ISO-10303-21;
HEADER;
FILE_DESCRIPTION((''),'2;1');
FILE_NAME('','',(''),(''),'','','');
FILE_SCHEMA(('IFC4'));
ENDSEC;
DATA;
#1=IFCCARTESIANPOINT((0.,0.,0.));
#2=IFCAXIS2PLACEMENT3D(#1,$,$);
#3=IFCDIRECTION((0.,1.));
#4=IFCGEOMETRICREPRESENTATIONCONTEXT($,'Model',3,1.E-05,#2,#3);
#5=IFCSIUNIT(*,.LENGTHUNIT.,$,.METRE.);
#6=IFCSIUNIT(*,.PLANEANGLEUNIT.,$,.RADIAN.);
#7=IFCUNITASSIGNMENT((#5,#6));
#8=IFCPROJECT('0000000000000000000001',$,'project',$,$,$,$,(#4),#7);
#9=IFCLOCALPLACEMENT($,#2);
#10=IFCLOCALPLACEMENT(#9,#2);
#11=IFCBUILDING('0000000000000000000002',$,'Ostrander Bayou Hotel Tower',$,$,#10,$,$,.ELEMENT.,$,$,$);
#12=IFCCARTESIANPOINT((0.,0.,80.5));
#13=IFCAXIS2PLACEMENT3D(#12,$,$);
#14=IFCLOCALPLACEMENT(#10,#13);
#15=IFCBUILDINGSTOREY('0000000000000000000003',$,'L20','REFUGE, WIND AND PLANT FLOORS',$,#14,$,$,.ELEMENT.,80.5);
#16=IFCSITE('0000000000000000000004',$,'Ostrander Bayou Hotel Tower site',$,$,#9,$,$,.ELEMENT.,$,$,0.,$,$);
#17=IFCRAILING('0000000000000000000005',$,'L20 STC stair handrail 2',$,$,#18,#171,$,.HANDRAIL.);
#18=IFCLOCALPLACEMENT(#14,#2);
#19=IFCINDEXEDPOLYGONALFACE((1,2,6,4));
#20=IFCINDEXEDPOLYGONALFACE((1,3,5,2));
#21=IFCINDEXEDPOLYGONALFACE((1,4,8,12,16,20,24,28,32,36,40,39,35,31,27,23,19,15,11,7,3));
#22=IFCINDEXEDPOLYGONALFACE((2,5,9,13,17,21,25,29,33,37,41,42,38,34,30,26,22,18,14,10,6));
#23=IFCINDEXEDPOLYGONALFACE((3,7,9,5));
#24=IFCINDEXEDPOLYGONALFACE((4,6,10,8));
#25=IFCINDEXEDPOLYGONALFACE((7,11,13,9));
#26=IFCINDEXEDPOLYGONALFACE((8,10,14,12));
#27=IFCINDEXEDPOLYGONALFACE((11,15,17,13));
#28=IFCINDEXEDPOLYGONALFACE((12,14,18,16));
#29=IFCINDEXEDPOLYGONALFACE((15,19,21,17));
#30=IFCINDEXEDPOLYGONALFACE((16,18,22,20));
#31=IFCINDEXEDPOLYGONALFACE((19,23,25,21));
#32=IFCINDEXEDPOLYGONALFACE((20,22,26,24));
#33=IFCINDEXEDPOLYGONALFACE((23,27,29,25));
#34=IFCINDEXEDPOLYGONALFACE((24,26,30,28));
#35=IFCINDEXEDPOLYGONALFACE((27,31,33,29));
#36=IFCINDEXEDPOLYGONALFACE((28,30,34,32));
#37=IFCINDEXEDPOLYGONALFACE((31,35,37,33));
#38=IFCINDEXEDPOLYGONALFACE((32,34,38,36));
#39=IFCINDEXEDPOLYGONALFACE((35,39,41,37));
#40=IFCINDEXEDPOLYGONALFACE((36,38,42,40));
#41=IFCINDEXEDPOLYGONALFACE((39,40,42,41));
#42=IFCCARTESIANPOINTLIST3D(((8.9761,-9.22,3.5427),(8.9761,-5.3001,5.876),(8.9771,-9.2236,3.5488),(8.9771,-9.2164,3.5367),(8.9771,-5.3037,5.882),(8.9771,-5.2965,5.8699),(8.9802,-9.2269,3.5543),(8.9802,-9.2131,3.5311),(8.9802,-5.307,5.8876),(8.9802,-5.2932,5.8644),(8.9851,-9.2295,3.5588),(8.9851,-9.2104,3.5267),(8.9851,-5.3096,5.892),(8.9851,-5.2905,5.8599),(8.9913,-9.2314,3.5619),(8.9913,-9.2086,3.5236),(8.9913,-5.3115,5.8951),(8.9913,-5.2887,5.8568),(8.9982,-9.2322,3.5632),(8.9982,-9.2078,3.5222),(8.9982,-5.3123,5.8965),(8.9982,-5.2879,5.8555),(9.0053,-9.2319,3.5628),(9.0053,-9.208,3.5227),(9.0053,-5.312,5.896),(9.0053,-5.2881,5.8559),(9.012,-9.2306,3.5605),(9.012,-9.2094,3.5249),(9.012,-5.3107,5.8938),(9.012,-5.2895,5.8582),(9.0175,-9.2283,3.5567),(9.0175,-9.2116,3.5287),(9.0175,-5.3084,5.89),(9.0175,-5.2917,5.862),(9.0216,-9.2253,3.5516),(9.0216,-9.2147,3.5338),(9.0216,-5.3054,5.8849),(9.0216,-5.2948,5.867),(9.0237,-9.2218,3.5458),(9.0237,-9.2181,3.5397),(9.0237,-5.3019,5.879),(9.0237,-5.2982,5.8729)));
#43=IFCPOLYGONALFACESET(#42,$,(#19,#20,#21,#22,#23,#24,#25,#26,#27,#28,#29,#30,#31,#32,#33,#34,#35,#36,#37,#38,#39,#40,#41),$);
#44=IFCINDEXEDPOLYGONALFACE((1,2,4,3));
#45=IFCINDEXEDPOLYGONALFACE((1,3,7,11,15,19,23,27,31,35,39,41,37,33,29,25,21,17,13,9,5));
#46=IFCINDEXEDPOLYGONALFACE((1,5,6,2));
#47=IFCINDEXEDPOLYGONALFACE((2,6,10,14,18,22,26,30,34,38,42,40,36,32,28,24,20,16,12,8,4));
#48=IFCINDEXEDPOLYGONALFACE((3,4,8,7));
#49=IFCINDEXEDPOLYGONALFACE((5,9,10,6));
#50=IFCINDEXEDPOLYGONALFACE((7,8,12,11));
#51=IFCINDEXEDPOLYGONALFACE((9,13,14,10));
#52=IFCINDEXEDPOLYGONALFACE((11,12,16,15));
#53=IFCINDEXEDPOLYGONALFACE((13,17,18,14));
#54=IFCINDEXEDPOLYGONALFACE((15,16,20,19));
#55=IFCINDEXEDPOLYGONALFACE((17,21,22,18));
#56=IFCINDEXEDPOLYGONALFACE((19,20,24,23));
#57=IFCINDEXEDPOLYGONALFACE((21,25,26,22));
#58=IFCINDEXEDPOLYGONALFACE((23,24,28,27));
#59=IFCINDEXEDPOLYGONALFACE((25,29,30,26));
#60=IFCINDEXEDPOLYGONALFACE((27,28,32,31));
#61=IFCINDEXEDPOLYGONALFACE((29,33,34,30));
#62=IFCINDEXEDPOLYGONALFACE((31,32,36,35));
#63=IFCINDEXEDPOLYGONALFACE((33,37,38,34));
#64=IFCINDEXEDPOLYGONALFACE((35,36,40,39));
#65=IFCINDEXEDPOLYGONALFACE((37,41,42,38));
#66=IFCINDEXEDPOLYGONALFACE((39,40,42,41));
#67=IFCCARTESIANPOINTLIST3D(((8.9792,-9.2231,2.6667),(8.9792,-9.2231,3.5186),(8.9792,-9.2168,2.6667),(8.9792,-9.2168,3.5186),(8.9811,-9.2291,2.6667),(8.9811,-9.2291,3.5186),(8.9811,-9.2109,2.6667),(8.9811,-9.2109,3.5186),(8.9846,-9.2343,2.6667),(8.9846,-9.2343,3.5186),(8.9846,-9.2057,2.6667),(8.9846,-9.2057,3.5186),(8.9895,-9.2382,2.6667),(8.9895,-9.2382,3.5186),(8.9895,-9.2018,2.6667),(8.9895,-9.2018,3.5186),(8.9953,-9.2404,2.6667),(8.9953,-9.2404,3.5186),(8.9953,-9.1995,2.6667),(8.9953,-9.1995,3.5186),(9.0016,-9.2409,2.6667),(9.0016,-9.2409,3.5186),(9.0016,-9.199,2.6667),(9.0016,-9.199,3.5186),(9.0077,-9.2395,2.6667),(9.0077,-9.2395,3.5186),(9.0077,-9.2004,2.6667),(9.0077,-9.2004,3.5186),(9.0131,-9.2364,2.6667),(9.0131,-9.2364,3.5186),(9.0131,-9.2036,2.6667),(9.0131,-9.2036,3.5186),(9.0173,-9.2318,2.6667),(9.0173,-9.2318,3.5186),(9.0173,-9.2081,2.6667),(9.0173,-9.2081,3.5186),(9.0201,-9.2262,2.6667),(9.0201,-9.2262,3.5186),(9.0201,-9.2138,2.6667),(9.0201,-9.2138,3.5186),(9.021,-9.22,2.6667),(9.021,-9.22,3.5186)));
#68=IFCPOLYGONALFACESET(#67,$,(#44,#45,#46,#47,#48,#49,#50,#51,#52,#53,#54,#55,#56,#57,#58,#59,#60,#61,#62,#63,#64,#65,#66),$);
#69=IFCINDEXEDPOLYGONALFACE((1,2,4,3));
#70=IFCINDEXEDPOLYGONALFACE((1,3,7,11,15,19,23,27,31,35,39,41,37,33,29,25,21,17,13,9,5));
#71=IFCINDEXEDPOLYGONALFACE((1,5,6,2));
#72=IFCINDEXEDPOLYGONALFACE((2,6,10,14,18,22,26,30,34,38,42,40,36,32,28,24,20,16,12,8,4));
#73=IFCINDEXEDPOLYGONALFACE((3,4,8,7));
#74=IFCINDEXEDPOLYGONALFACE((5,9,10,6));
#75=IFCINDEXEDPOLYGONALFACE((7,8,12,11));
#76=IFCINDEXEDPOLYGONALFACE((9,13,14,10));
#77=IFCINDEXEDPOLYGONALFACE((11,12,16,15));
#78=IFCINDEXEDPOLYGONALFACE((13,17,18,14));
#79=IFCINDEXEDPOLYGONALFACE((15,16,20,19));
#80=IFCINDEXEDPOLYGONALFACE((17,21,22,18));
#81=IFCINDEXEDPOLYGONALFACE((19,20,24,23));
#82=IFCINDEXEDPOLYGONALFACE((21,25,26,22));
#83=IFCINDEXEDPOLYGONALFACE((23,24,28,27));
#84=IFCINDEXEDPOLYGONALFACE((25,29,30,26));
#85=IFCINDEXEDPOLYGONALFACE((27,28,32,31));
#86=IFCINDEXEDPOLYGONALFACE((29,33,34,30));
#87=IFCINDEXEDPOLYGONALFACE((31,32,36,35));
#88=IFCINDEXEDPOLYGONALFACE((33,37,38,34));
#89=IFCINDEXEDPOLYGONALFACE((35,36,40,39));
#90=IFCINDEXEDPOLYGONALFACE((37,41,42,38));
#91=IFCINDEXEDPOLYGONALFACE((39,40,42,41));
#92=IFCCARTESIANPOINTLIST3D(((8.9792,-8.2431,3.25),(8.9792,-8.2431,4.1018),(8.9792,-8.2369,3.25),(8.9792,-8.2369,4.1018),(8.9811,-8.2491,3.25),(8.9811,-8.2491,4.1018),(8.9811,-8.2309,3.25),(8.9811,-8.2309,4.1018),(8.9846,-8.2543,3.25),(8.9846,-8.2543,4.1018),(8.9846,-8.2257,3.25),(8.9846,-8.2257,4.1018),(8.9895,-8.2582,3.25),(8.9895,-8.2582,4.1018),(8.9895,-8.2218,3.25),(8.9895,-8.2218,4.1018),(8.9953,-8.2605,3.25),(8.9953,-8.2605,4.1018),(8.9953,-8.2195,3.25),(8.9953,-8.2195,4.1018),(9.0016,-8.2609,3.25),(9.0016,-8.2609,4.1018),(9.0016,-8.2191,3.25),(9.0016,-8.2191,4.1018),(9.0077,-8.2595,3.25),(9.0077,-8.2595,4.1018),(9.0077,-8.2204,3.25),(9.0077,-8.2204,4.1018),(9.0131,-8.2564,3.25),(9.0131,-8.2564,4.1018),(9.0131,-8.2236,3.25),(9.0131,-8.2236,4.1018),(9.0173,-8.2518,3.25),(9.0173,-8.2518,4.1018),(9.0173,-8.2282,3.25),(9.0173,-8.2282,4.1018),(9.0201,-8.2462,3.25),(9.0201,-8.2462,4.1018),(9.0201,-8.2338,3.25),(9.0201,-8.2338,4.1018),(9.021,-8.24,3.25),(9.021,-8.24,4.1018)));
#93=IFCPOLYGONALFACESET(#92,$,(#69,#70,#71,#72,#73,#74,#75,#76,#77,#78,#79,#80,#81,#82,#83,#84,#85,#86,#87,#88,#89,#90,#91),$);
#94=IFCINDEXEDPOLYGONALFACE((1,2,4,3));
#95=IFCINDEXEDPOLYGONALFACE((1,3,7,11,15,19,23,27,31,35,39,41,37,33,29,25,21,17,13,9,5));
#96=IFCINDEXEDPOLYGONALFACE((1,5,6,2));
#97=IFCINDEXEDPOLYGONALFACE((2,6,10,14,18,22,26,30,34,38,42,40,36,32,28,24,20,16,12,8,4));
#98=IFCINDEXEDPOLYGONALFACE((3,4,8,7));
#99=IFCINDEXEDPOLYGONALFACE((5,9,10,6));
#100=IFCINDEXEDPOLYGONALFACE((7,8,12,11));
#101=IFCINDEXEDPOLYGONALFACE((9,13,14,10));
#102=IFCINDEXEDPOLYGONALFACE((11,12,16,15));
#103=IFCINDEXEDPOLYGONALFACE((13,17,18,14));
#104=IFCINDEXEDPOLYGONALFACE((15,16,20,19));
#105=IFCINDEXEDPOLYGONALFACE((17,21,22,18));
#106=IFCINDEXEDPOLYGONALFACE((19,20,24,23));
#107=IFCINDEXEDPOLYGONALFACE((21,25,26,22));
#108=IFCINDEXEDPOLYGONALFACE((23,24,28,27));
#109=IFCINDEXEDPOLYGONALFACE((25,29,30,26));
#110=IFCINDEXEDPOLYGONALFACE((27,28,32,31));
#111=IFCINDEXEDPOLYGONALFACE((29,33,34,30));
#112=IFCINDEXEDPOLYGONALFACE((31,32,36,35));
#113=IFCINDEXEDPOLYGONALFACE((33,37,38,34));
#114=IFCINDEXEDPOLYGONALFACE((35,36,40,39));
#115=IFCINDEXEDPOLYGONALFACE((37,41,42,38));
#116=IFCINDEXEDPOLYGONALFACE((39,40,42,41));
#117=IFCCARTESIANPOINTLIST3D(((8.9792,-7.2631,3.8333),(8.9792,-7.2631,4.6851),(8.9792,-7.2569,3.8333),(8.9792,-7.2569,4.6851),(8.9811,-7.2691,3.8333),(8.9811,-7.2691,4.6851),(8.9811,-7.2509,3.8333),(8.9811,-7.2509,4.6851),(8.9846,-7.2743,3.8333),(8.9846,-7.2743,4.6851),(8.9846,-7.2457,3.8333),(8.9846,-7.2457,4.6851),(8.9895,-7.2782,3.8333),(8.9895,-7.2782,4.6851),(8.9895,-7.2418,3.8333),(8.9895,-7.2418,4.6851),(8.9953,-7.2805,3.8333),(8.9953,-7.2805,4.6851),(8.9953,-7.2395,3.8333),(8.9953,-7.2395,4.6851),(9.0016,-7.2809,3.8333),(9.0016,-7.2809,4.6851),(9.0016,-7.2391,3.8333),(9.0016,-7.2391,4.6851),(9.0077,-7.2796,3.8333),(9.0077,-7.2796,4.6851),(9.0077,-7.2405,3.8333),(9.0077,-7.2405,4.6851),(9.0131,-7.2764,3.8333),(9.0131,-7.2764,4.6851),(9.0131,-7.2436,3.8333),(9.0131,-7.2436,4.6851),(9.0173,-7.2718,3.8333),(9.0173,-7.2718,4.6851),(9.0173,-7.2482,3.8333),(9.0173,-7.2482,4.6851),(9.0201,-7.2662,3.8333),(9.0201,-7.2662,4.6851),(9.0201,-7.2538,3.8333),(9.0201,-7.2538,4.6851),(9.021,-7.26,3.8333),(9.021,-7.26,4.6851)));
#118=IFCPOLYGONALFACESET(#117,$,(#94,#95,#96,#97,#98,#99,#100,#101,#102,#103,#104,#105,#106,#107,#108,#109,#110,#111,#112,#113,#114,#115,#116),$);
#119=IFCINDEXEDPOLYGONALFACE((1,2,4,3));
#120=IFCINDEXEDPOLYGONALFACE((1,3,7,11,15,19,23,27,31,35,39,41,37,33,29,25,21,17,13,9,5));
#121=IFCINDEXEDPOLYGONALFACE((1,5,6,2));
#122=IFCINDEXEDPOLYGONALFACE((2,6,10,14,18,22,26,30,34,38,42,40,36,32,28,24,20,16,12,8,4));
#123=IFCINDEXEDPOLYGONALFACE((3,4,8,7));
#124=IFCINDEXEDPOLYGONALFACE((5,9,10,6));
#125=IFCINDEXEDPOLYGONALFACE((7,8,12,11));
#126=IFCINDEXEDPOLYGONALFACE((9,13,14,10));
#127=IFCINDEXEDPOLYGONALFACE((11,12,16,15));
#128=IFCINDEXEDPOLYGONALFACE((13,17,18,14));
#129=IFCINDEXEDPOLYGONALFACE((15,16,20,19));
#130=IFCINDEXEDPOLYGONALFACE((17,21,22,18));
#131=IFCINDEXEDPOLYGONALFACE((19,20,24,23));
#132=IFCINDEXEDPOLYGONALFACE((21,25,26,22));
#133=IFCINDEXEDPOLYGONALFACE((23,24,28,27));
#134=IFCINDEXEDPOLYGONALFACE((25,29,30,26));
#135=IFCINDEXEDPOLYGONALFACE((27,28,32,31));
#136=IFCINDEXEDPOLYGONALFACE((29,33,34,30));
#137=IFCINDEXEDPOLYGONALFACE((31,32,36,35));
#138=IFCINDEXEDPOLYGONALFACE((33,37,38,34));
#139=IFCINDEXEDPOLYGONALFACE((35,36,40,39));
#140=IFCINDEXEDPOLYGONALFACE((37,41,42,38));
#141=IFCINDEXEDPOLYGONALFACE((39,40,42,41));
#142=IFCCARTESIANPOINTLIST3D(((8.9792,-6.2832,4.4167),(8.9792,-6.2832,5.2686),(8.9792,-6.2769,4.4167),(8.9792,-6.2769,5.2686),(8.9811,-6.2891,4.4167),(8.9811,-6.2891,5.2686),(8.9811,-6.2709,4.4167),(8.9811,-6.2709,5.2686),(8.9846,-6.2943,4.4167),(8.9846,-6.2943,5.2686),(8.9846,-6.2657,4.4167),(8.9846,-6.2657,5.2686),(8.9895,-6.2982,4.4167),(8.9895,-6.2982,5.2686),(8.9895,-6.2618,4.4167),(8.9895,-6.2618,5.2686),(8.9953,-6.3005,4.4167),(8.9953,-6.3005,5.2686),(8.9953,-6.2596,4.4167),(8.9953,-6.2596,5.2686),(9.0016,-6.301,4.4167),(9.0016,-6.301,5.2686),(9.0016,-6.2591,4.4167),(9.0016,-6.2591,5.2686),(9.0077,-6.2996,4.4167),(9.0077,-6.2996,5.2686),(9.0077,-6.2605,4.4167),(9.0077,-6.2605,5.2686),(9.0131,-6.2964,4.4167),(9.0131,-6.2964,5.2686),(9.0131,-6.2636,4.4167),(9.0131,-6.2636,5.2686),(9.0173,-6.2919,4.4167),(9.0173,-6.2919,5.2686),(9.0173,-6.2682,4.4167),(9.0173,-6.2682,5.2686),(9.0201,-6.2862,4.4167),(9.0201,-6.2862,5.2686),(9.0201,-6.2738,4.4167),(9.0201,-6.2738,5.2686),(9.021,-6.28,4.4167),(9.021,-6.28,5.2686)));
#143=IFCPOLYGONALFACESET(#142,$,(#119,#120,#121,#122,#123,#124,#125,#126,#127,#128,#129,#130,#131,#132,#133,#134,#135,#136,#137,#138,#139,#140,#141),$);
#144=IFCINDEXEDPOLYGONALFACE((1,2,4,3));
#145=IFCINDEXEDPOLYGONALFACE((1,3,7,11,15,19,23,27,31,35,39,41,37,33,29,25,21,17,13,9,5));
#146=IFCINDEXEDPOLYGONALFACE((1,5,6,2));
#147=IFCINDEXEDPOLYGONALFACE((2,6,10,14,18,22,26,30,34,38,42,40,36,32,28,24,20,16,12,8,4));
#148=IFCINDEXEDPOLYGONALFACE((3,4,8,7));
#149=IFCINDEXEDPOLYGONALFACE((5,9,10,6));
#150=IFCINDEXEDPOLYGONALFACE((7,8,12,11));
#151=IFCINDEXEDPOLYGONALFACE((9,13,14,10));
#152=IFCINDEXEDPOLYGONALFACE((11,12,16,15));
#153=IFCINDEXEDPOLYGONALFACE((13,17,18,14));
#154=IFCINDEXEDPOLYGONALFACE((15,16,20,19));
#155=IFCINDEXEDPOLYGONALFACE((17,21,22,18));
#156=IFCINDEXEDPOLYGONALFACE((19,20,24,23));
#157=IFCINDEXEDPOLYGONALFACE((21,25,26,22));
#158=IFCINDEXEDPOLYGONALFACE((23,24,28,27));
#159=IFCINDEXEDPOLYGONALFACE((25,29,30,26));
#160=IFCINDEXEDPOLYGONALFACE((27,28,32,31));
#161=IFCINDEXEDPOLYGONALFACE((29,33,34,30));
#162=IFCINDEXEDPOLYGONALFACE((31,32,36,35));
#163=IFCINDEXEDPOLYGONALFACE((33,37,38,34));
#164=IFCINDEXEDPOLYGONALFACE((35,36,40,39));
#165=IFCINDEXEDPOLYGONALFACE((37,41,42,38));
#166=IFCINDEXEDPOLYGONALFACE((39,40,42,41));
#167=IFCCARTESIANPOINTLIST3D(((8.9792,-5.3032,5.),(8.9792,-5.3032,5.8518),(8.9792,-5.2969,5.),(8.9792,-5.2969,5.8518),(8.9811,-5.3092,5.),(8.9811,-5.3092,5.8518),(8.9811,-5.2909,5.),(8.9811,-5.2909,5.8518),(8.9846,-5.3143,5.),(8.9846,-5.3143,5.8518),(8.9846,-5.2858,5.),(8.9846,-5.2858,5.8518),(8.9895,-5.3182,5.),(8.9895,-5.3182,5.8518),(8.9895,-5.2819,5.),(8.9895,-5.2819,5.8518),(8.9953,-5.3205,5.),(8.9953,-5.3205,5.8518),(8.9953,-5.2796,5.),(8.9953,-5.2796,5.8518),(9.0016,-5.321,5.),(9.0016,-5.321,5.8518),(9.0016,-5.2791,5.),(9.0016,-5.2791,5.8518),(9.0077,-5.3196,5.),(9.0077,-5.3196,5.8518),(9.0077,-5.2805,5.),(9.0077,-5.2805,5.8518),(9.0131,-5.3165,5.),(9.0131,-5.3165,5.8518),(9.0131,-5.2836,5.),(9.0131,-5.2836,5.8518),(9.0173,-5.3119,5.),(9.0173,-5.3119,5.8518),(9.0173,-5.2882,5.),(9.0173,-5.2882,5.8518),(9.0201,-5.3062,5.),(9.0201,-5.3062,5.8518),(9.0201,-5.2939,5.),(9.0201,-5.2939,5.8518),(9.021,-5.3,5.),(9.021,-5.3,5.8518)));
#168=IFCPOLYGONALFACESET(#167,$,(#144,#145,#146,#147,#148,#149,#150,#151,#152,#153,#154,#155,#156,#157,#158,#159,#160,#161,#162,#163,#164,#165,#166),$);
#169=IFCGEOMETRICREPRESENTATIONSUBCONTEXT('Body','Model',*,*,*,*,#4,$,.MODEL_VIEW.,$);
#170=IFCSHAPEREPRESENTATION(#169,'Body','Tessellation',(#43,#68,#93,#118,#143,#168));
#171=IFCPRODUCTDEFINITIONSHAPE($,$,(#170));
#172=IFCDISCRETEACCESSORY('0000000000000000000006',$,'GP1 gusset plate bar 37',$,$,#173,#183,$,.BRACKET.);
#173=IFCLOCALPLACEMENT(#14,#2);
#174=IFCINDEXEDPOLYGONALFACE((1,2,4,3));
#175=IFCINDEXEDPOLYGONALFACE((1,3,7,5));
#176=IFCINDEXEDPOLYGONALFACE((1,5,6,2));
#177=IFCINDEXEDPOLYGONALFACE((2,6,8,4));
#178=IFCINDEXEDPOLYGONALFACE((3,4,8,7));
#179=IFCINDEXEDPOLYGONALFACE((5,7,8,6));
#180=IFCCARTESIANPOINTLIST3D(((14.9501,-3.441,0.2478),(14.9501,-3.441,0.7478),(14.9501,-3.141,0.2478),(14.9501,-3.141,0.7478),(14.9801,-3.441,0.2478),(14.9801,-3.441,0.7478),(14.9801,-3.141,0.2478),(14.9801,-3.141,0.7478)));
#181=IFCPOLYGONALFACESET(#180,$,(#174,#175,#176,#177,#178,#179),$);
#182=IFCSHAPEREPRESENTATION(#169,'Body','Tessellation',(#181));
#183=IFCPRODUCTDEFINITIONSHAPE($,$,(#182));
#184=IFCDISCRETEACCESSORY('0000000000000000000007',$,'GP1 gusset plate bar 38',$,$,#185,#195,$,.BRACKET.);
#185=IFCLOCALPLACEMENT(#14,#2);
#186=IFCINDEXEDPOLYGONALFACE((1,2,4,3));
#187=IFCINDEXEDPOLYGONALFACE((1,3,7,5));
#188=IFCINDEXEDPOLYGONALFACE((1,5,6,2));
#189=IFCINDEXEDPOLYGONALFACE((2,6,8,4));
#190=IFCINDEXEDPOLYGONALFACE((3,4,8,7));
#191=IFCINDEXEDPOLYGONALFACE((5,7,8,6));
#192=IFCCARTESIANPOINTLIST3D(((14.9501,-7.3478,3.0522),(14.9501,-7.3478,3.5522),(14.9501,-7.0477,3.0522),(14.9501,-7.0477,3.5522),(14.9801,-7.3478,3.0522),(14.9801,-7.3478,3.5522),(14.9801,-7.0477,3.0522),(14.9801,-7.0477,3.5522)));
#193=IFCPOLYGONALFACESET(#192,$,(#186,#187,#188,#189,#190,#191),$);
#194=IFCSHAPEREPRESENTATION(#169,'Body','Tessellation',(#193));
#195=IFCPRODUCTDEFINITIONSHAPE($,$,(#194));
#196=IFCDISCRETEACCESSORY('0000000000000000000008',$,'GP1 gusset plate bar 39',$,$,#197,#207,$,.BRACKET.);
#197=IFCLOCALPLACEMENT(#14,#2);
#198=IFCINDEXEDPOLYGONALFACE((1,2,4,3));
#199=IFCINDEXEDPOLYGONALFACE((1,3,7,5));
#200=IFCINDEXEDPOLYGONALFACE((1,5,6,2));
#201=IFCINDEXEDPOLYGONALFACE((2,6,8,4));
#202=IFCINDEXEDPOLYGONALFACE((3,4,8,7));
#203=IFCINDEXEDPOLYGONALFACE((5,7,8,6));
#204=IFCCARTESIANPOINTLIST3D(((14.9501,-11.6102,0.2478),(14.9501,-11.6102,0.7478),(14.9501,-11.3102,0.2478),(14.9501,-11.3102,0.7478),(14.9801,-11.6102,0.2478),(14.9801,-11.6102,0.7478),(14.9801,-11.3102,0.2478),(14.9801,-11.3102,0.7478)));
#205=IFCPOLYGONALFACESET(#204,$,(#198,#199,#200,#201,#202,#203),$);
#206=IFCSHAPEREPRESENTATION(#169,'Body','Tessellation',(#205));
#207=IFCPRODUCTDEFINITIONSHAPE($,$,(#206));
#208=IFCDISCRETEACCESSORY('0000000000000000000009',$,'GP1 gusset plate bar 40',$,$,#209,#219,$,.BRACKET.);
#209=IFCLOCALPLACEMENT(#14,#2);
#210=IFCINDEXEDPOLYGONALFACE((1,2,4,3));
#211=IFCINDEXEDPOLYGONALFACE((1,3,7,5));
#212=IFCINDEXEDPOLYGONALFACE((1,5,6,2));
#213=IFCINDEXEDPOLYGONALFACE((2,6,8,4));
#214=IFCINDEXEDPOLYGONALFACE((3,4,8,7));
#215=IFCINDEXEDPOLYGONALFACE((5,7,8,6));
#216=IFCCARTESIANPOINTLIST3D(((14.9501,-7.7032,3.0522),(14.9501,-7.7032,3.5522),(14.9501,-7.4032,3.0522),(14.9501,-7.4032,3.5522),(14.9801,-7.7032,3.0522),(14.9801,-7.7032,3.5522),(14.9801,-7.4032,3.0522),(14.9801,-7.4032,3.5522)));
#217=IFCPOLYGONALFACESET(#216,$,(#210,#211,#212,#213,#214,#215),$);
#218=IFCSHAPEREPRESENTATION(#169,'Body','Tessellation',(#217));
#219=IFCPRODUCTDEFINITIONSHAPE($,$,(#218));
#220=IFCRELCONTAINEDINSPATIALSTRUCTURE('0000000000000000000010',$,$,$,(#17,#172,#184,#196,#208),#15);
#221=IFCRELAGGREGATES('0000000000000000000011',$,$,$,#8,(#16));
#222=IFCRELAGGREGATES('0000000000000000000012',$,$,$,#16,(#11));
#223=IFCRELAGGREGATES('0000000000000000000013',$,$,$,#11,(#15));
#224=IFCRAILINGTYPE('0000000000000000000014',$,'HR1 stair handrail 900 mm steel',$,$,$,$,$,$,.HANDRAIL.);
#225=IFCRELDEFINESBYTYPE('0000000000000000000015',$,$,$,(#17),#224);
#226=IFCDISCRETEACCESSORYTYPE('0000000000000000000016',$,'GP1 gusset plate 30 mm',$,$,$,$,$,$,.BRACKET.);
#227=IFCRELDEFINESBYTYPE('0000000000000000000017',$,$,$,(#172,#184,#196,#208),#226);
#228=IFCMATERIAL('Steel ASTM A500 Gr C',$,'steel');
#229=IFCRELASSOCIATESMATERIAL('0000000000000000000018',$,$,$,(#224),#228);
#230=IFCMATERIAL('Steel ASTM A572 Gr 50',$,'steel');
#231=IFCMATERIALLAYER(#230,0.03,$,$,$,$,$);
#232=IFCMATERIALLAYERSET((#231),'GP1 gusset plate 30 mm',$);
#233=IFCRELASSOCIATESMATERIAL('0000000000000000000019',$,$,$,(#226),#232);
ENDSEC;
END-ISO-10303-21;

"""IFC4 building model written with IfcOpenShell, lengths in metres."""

from ifc_helpers import new_model, si_unit, direction, frame, origin, origin_2d, place, context, subcontext, project, spatial, rectangle, circle, extrude, material, layer, layer_set, type_object, element, save


model = new_model("IFC4")

# Units and contexts
model_context = context("Model", 3, precision=1e-05, world=origin(), true_north=direction((0.0, 1.0)))
body_context = subcontext(model_context, "Body", "Model", "MODEL_VIEW")
ifc_project = project(units=[si_unit("LENGTHUNIT", "METRE"), si_unit("PLANEANGLEUNIT", "RADIAN")], contexts=[model_context])

# Site, building, storey
site_placement = place(None, origin())
site = spatial("IfcSite", under=ifc_project, at=site_placement, Name="Ostrander Bayou Hotel Tower site", CompositionType="ELEMENT", RefElevation=0.0)
building_placement = place(site_placement, origin())
building = spatial("IfcBuilding", under=site, at=building_placement, Name="Ostrander Bayou Hotel Tower", CompositionType="ELEMENT")
storey_placement = place(building_placement, frame((0.0, 0.0, 80.5)))
storey = spatial("IfcBuildingStorey", under=building, at=storey_placement, Name="L20", Description="REFUGE, WIND AND PLANT FLOORS", CompositionType="ELEMENT", Elevation=80.5)

# Railing
ifc_material_1 = material(Name="Steel ASTM A500 Gr C", Category="steel")
railing_type_1 = type_object("IfcRailingType", Name="HR1 stair handrail 900 mm steel", PredefinedType="HANDRAIL", material=ifc_material_1)
railing_1_placement = place(storey_placement, frame((9.0, -9.22, 2.6667)))
element("IfcRailing", 1, at=railing_1_placement, inside=storey, type_object=railing_type_1, Name="L20 STC stair handrail 2", PredefinedType="HANDRAIL", context=body_context, shape_type="SweptSolid", body=[
    extrude(circle(Radius=0.0239, at=origin_2d()), frame((0.0, 0.0, 0.876), z_axis=(0.0, 0.859296, 0.511478), x_axis=(-1.0, 0.0, 0.0)), (0.0, 0.0, 1.0), 4.5618),
    extrude(circle(Radius=0.021, at=origin_2d()), origin(), (0.0, 0.0, 1.0), 0.8518),
    extrude(circle(Radius=0.021, at=origin_2d()), frame((0.0, 0.98, 0.5833)), (0.0, 0.0, 1.0), 0.8518),
    extrude(circle(Radius=0.021, at=origin_2d()), frame((0.0, 1.96, 1.1665)), (0.0, 0.0, 1.0), 0.8518),
    extrude(circle(Radius=0.021, at=origin_2d()), frame((0.0, 2.9399, 1.75)), (0.0, 0.0, 1.0), 0.8518),
    extrude(circle(Radius=0.021, at=origin_2d()), frame((0.0, 3.9199, 2.3333)), (0.0, 0.0, 1.0), 0.8518),
])

# Discrete accessories
ifc_material_2 = material(Name="Steel ASTM A572 Gr 50", Category="steel")
ifc_layer_1 = layer(ifc_material_2, 0.03)
ifc_layer_set_1 = layer_set([ifc_layer_1], Name="GP1 gusset plate 30 mm")
discrete_accessory_type = type_object("IfcDiscreteAccessoryType", Name="GP1 gusset plate 30 mm", PredefinedType="BRACKET", material=ifc_layer_set_1)
for number, where, z_axis, x_axis, name in (
    (2, (14.9651, -3.291, 0.2478), (0.0, 0.0, 1.0), (0.0, -1.0, 0.0), "GP1 gusset plate bar 37"),
    (3, (14.9651, -7.1978, 3.0522), (0.0, 0.0, 1.0), (0.0, -1.0, 0.0), "GP1 gusset plate bar 38"),
    (4, (14.9651, -11.4602, 0.2478), (0.0, 0.0, 1.0), (0.0, 1.0, 0.0), "GP1 gusset plate bar 39"),
    (5, (14.9651, -7.5532, 3.0522), (0.0, 0.0, 1.0), (0.0, 1.0, 0.0), "GP1 gusset plate bar 40"),
):
    element("IfcDiscreteAccessory", number, at=place(storey_placement, frame(where, z_axis=z_axis, x_axis=x_axis)), inside=storey, type_object=discrete_accessory_type, Name=name, PredefinedType="BRACKET", context=body_context, shape_type="SweptSolid", body=[
        extrude(rectangle(XDim=0.3, YDim=0.03, at=origin_2d()), origin(), (0.0, 0.0, 1.0), 0.5),
    ])

save(model, "model.ifc")
